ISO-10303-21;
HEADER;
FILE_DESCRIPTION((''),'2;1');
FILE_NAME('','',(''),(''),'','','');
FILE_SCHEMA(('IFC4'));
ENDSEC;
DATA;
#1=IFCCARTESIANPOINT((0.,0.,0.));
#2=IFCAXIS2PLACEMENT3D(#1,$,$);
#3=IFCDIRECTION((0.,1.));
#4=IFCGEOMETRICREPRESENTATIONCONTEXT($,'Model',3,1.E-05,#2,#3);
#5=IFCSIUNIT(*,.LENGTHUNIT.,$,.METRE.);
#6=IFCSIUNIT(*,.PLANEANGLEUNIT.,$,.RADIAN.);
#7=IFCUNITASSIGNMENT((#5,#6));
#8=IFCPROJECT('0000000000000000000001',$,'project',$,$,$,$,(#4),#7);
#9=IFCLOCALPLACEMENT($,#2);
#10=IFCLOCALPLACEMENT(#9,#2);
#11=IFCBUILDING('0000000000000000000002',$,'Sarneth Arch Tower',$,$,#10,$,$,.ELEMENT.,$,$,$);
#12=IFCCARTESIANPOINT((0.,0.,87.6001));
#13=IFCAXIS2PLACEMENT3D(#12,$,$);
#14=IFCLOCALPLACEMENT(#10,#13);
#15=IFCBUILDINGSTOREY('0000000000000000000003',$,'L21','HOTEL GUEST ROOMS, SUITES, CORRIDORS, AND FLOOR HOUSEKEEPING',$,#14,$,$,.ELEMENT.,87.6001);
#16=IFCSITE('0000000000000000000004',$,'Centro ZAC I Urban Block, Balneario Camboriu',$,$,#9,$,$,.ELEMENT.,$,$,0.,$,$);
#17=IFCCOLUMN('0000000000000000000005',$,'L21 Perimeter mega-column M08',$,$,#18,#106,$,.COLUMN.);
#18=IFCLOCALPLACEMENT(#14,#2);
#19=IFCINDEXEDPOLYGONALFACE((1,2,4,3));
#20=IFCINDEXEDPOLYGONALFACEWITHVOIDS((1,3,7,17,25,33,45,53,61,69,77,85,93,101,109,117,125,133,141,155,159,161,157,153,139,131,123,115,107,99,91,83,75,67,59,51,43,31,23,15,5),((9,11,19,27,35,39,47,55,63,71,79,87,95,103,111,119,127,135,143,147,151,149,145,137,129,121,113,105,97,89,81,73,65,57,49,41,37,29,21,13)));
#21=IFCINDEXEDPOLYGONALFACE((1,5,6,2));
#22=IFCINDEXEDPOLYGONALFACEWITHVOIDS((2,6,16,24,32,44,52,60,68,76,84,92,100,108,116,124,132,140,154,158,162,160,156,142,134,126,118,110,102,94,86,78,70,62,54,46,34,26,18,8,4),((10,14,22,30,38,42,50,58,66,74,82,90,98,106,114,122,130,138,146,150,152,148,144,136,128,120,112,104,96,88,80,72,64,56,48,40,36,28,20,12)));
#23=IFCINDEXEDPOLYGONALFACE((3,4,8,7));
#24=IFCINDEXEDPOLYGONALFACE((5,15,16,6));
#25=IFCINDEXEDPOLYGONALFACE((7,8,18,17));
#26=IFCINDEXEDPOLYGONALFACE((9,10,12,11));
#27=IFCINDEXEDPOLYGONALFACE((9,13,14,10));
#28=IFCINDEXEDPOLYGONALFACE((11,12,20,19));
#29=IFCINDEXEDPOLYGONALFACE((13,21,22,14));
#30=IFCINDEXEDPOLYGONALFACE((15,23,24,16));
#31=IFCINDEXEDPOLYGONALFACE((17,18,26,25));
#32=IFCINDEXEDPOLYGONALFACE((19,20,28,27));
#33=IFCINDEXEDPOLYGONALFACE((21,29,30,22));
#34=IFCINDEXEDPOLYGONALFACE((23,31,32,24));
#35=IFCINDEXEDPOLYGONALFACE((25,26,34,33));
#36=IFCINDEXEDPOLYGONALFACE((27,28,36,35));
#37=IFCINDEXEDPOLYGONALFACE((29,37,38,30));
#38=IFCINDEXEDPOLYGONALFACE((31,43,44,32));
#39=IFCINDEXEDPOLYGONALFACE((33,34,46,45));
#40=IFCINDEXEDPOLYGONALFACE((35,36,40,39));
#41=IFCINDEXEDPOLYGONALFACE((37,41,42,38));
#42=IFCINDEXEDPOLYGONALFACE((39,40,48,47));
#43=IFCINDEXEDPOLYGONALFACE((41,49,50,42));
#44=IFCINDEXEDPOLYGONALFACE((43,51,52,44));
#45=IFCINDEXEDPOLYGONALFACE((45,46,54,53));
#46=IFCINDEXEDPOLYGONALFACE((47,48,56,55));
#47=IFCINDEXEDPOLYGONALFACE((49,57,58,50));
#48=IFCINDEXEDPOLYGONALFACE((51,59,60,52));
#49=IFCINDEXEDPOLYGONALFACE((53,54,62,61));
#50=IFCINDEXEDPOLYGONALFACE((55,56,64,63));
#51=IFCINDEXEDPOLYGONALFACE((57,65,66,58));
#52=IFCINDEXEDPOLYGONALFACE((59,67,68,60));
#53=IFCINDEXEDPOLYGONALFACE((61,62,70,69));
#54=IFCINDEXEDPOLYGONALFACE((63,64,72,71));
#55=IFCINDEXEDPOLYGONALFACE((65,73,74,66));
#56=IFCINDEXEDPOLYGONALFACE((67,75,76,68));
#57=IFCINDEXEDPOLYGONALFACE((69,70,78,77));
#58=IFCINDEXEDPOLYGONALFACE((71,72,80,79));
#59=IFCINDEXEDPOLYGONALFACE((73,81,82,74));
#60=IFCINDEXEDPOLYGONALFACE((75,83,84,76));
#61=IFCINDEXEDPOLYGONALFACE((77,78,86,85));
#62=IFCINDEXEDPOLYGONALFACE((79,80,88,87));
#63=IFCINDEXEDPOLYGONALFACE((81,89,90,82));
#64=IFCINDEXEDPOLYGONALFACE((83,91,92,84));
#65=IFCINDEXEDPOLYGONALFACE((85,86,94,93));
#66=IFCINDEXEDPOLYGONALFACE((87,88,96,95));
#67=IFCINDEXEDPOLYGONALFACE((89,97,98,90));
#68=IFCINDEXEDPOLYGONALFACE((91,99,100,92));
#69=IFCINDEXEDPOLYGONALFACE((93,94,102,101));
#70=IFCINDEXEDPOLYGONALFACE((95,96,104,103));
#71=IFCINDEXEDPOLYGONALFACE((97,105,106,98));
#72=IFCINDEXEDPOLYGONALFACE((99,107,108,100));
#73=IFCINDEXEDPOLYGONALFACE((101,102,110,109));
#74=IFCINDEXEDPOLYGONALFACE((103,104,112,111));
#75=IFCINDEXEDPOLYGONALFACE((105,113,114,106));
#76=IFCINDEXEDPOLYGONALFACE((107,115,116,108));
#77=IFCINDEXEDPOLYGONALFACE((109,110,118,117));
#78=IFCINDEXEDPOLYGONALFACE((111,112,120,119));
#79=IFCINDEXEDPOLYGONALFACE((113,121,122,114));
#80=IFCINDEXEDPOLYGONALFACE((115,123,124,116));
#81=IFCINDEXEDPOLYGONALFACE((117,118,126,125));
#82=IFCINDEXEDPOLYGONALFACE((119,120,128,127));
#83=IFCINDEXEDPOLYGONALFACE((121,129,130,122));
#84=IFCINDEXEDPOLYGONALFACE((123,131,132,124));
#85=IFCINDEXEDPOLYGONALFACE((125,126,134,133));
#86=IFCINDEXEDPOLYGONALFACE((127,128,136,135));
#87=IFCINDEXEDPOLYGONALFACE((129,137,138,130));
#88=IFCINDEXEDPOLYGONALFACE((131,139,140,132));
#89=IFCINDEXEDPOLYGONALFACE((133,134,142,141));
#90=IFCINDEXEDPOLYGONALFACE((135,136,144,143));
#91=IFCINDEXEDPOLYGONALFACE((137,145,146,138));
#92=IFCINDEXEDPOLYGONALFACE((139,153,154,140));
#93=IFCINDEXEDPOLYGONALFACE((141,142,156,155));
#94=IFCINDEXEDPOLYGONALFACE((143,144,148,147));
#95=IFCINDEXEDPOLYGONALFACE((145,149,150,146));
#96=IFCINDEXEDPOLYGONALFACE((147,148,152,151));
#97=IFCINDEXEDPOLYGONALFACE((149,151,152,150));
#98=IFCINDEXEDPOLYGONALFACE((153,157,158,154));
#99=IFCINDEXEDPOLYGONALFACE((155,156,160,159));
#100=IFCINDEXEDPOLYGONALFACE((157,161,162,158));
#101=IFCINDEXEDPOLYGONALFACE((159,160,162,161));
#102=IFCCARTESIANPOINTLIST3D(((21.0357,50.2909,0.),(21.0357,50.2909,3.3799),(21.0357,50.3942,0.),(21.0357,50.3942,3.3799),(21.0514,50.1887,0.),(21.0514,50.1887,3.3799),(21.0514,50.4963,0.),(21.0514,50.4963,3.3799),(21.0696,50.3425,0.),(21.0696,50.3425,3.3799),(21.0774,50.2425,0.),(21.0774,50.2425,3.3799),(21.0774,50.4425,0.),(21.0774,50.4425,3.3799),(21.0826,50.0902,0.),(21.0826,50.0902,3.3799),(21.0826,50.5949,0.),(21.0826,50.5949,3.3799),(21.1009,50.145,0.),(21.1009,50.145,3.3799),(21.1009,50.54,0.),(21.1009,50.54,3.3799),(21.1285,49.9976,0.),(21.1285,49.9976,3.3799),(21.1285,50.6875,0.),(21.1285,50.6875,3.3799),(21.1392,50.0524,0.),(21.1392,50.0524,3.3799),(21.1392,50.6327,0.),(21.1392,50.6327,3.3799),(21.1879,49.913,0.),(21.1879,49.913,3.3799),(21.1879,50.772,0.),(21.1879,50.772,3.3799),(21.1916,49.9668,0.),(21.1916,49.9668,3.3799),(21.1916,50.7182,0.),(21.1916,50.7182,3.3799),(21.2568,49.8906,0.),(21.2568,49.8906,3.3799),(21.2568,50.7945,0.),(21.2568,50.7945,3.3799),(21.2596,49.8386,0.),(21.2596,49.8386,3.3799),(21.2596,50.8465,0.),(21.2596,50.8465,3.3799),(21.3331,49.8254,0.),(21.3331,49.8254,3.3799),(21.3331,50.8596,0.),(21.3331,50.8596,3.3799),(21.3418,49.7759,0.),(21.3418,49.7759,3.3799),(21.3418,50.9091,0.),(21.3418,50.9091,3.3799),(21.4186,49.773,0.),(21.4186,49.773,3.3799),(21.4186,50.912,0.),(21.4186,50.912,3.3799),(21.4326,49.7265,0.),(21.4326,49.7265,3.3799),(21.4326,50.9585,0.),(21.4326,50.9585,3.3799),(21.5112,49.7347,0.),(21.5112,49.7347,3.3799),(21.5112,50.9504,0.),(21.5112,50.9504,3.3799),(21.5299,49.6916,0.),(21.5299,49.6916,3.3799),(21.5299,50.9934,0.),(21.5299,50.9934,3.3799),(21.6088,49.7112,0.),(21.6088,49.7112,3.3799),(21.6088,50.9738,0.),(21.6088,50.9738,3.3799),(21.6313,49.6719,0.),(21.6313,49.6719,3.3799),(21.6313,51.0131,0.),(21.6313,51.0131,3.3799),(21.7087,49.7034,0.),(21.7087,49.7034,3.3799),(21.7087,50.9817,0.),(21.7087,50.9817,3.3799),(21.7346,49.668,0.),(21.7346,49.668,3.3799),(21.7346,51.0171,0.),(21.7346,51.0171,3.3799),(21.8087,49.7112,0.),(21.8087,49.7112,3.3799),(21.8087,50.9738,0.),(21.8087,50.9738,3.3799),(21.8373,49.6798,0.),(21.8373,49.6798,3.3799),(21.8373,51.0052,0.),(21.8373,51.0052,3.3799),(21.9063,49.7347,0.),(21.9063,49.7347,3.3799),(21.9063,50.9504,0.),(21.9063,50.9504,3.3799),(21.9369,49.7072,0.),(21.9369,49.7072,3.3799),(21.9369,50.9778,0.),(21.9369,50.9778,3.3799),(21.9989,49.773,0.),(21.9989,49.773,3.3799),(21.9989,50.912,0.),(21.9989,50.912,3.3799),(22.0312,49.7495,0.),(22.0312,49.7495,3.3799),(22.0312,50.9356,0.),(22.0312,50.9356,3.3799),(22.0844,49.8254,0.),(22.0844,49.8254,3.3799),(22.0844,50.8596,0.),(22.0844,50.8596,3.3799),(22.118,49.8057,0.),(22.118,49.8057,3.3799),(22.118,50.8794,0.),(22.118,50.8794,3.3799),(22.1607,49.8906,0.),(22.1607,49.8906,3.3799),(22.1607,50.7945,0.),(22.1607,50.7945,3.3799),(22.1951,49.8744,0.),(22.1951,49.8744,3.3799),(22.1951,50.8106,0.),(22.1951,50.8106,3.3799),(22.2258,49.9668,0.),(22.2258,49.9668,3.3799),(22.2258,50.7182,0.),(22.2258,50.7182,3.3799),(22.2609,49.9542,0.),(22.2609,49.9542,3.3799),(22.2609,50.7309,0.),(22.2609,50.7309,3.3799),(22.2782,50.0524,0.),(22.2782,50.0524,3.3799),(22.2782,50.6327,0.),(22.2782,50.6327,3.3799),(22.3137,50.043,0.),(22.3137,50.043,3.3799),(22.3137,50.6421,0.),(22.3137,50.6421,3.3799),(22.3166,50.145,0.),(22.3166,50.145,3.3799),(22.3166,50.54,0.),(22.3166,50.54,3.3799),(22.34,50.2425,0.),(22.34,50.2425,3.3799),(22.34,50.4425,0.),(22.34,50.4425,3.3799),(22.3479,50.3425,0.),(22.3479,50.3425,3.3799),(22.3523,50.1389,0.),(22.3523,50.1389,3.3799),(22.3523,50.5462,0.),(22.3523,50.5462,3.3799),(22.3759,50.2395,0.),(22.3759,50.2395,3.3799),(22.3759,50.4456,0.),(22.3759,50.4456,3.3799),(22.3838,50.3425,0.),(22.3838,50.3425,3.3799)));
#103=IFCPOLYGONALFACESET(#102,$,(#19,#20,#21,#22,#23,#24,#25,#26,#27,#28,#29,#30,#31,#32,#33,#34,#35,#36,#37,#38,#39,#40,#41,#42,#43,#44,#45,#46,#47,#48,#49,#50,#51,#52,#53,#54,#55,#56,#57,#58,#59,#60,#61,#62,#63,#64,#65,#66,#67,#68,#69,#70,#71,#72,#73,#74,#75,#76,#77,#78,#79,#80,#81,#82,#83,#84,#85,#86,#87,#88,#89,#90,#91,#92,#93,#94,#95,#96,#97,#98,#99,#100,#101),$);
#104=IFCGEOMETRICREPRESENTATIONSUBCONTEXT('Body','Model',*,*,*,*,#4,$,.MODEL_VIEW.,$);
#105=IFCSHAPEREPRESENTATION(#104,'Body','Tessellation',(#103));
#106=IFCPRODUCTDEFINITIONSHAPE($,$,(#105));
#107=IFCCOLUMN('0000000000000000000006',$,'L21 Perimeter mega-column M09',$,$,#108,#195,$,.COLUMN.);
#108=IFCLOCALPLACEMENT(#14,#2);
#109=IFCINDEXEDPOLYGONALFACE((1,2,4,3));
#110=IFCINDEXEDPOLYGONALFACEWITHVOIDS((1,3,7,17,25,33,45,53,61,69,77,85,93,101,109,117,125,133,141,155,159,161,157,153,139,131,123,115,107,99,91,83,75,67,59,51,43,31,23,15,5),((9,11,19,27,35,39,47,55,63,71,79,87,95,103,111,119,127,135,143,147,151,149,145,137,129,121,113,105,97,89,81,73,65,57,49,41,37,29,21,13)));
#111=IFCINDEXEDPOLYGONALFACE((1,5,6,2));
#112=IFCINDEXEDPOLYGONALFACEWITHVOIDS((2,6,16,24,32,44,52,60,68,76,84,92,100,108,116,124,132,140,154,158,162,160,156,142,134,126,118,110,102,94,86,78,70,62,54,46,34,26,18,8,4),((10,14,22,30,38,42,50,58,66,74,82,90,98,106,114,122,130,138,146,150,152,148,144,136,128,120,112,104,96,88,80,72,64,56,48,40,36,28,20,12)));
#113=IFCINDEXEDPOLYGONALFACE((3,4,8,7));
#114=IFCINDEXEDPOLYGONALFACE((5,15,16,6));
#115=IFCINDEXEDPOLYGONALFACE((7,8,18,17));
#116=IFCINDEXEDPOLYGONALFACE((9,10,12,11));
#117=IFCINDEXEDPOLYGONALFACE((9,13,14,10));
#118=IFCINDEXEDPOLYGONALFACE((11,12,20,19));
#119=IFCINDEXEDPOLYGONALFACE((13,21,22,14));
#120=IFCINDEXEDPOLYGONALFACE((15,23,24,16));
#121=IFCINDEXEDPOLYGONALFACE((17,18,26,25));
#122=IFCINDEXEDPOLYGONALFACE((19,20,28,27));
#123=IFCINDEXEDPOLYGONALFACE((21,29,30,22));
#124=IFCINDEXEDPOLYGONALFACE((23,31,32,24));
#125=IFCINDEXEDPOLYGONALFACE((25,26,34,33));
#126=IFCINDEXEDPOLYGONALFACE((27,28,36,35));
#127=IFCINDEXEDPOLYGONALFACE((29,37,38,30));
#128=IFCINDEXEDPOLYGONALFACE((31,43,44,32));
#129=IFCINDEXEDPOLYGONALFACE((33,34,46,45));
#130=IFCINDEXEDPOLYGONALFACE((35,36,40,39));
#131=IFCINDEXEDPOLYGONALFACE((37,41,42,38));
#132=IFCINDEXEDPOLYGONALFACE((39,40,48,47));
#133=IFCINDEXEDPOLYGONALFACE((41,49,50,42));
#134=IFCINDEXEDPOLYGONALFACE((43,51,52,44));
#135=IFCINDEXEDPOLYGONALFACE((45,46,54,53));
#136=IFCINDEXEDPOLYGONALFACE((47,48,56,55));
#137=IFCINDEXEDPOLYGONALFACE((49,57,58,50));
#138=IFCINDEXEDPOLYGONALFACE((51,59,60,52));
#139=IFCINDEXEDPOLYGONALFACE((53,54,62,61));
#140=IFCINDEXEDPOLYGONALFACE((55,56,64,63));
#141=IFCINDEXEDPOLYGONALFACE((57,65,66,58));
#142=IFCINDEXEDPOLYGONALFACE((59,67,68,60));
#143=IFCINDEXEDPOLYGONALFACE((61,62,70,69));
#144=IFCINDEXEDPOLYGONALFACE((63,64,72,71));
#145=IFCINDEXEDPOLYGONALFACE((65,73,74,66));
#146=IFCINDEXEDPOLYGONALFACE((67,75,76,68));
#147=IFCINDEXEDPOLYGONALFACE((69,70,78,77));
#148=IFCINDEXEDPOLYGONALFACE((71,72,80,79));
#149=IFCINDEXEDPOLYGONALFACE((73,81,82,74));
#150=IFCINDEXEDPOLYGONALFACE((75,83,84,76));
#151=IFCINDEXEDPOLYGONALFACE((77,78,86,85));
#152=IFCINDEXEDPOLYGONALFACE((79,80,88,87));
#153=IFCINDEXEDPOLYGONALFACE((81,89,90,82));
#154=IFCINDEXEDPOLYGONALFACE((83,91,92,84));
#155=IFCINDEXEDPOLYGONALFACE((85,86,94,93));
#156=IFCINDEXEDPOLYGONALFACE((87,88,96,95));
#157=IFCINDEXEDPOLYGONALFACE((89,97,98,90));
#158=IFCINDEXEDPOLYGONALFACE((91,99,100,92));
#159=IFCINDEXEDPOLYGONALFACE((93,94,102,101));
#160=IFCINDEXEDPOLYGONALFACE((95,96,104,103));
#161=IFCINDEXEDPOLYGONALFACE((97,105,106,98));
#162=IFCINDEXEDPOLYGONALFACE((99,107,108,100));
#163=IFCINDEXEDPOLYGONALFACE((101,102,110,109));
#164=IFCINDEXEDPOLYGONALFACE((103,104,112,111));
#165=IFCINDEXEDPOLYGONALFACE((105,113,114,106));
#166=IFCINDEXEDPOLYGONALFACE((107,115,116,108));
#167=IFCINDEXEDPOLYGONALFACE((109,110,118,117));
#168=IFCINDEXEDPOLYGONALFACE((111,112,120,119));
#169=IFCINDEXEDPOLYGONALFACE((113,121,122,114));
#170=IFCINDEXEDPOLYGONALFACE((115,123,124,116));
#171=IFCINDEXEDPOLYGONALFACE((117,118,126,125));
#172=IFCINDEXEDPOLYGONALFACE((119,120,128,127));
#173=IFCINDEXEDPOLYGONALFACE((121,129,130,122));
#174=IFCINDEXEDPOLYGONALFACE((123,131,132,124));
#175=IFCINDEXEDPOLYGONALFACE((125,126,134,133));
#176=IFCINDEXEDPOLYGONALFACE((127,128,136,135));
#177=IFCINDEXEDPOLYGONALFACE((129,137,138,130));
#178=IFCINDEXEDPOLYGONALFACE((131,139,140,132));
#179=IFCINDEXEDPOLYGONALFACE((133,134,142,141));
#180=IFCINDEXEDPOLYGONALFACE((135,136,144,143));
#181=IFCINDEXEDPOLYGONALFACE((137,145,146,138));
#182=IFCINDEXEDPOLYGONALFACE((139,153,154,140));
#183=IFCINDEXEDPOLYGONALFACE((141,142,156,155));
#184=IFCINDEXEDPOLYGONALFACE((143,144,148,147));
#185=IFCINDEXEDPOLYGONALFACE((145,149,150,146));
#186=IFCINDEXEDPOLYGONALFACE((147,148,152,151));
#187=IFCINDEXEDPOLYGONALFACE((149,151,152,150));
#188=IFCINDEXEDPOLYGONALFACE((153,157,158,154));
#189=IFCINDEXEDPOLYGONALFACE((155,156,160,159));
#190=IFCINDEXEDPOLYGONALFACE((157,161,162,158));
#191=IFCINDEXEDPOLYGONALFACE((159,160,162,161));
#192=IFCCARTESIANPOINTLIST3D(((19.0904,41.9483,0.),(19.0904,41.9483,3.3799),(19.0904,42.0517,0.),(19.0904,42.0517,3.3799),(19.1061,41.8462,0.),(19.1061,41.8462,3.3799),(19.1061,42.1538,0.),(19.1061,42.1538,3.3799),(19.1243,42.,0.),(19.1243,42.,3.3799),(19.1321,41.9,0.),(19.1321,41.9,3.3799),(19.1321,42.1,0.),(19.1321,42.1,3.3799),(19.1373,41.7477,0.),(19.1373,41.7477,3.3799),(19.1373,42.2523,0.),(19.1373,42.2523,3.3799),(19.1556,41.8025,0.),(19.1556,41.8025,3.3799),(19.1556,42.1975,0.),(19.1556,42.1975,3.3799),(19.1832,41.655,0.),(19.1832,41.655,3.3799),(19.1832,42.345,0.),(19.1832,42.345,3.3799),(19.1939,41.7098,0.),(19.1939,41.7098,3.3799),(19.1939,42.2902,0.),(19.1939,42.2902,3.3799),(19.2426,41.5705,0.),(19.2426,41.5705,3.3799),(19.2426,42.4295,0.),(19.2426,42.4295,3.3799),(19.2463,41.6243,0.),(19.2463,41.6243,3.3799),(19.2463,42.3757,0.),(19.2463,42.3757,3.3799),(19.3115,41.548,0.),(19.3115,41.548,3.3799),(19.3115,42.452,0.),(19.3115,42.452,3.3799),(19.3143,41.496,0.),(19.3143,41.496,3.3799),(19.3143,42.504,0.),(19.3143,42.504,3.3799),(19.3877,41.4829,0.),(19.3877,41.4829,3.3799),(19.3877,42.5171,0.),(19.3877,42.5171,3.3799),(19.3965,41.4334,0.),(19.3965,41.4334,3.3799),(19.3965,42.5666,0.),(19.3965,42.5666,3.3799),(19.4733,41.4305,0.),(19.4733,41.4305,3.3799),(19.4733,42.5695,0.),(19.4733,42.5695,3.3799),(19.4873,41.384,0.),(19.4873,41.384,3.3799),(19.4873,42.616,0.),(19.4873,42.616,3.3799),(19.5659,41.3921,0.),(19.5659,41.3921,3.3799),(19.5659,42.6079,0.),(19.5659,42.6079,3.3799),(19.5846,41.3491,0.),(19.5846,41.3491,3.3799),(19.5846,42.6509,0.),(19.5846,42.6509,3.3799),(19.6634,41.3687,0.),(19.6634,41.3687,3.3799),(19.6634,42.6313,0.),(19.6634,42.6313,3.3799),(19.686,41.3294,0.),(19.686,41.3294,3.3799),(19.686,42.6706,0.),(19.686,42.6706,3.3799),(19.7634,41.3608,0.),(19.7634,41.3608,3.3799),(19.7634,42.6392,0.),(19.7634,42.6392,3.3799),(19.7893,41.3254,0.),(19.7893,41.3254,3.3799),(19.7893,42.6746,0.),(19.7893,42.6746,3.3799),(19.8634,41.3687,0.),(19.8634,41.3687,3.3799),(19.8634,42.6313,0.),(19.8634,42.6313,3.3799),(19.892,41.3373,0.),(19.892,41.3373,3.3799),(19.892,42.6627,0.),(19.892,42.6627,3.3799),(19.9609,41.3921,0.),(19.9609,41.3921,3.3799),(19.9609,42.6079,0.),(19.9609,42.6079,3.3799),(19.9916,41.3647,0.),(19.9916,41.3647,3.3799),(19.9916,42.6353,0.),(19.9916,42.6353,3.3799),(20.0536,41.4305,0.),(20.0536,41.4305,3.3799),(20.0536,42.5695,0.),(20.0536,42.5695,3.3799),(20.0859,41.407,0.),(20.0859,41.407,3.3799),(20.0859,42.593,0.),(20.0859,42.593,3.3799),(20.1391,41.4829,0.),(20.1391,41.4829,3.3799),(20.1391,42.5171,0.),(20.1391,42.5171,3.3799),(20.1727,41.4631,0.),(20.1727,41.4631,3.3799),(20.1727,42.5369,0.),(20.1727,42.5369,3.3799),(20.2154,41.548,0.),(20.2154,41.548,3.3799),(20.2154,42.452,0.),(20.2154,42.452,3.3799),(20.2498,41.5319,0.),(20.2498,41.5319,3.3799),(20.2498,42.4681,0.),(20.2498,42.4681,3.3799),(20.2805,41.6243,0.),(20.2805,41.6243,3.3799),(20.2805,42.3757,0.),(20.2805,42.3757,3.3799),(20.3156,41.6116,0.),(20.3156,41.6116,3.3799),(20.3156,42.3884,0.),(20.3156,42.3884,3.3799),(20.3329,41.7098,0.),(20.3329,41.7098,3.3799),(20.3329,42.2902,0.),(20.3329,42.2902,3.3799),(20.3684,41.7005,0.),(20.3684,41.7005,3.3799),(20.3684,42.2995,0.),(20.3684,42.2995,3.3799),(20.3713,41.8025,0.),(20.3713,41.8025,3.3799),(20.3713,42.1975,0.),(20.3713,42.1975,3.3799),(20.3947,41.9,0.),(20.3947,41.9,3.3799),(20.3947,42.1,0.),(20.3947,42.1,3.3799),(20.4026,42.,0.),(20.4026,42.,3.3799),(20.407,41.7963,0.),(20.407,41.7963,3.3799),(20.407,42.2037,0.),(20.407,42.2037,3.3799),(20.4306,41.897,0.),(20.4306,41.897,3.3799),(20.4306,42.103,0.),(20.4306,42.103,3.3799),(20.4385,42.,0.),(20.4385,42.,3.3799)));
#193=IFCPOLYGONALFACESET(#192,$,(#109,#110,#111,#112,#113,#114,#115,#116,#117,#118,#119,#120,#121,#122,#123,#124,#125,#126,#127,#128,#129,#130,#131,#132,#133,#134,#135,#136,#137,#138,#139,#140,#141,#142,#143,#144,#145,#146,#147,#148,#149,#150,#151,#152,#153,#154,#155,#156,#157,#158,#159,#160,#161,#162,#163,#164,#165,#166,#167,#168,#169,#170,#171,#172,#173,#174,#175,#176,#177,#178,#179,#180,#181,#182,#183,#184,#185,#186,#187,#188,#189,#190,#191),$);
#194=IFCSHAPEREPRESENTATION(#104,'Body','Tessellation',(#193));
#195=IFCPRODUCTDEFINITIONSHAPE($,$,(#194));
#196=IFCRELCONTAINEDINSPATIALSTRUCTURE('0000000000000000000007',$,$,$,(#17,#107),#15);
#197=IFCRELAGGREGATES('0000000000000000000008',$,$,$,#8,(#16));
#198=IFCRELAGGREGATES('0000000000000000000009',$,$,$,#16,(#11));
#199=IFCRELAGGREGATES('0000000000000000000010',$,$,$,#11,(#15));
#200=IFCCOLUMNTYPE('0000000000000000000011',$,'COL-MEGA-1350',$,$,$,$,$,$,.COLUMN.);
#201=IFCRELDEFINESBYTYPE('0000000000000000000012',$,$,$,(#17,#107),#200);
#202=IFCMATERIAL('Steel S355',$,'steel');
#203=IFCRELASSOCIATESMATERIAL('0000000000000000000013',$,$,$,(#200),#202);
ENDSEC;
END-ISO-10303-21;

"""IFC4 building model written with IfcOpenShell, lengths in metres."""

from ifc_helpers import new_model, si_unit, direction, frame, origin, origin_2d, place, context, subcontext, project, spatial, hollow_circle, extrude, material, material_profile, profile_set, type_object, element, save


model = new_model("IFC4")

# Units and contexts
model_context = context("Model", 3, precision=1e-05, world=origin(), true_north=direction((0.0, 1.0)))
body_context = subcontext(model_context, "Body", "Model", "MODEL_VIEW")
ifc_project = project(units=[si_unit("LENGTHUNIT", "METRE"), si_unit("PLANEANGLEUNIT", "RADIAN")], contexts=[model_context])

# Site, building, storey
site_placement = place(None, origin())
site = spatial("IfcSite", under=ifc_project, at=site_placement, Name="Centro ZAC I Urban Block, Balneario Camboriu", CompositionType="ELEMENT", RefElevation=0.0)
building_placement = place(site_placement, origin())
building = spatial("IfcBuilding", under=site, at=building_placement, Name="Sarneth Arch Tower", CompositionType="ELEMENT")
storey_placement = place(building_placement, frame((0.0, 0.0, 87.6001)))
storey = spatial("IfcBuildingStorey", under=building, at=storey_placement, Name="L21", Description="HOTEL GUEST ROOMS, SUITES, CORRIDORS, AND FLOOR HOUSEKEEPING", CompositionType="ELEMENT", Elevation=87.6001)

# Columns
ifc_material_1 = material(Name="Steel S355", Category="steel")
ifc_material_profile_1 = material_profile(ifc_material_1, hollow_circle(Radius=0.675, WallThickness=0.0359, at=origin_2d()), Name="CHS1350x36")
ifc_profile_set_1 = profile_set([ifc_material_profile_1], Name="Steel S355")
column_type = type_object("IfcColumnType", Name="COL-MEGA-1350", PredefinedType="COLUMN", material=ifc_profile_set_1)
for number, where, z_axis, x_axis, name in (
    (1, (21.7087, 50.3425, 0.0), (0.0, 0.0, 1.0), (1.0, 0.0, 0.0), "L21 Perimeter mega-column M08"),
    (2, (19.7634, 42.0, 0.0), (0.0, 0.0, 1.0), (1.0, 0.0, 0.0), "L21 Perimeter mega-column M09"),
):
    element("IfcColumn", number, at=place(storey_placement, frame(where, z_axis=z_axis, x_axis=x_axis)), inside=storey, type_object=column_type, Name=name, PredefinedType="COLUMN", context=body_context, shape_type="SweptSolid", body=[
        extrude(hollow_circle(Radius=0.675, WallThickness=0.0359, at=origin_2d()), origin(), (0.0, 0.0, 1.0), 3.3799),
    ])

save(model, "model.ifc")
